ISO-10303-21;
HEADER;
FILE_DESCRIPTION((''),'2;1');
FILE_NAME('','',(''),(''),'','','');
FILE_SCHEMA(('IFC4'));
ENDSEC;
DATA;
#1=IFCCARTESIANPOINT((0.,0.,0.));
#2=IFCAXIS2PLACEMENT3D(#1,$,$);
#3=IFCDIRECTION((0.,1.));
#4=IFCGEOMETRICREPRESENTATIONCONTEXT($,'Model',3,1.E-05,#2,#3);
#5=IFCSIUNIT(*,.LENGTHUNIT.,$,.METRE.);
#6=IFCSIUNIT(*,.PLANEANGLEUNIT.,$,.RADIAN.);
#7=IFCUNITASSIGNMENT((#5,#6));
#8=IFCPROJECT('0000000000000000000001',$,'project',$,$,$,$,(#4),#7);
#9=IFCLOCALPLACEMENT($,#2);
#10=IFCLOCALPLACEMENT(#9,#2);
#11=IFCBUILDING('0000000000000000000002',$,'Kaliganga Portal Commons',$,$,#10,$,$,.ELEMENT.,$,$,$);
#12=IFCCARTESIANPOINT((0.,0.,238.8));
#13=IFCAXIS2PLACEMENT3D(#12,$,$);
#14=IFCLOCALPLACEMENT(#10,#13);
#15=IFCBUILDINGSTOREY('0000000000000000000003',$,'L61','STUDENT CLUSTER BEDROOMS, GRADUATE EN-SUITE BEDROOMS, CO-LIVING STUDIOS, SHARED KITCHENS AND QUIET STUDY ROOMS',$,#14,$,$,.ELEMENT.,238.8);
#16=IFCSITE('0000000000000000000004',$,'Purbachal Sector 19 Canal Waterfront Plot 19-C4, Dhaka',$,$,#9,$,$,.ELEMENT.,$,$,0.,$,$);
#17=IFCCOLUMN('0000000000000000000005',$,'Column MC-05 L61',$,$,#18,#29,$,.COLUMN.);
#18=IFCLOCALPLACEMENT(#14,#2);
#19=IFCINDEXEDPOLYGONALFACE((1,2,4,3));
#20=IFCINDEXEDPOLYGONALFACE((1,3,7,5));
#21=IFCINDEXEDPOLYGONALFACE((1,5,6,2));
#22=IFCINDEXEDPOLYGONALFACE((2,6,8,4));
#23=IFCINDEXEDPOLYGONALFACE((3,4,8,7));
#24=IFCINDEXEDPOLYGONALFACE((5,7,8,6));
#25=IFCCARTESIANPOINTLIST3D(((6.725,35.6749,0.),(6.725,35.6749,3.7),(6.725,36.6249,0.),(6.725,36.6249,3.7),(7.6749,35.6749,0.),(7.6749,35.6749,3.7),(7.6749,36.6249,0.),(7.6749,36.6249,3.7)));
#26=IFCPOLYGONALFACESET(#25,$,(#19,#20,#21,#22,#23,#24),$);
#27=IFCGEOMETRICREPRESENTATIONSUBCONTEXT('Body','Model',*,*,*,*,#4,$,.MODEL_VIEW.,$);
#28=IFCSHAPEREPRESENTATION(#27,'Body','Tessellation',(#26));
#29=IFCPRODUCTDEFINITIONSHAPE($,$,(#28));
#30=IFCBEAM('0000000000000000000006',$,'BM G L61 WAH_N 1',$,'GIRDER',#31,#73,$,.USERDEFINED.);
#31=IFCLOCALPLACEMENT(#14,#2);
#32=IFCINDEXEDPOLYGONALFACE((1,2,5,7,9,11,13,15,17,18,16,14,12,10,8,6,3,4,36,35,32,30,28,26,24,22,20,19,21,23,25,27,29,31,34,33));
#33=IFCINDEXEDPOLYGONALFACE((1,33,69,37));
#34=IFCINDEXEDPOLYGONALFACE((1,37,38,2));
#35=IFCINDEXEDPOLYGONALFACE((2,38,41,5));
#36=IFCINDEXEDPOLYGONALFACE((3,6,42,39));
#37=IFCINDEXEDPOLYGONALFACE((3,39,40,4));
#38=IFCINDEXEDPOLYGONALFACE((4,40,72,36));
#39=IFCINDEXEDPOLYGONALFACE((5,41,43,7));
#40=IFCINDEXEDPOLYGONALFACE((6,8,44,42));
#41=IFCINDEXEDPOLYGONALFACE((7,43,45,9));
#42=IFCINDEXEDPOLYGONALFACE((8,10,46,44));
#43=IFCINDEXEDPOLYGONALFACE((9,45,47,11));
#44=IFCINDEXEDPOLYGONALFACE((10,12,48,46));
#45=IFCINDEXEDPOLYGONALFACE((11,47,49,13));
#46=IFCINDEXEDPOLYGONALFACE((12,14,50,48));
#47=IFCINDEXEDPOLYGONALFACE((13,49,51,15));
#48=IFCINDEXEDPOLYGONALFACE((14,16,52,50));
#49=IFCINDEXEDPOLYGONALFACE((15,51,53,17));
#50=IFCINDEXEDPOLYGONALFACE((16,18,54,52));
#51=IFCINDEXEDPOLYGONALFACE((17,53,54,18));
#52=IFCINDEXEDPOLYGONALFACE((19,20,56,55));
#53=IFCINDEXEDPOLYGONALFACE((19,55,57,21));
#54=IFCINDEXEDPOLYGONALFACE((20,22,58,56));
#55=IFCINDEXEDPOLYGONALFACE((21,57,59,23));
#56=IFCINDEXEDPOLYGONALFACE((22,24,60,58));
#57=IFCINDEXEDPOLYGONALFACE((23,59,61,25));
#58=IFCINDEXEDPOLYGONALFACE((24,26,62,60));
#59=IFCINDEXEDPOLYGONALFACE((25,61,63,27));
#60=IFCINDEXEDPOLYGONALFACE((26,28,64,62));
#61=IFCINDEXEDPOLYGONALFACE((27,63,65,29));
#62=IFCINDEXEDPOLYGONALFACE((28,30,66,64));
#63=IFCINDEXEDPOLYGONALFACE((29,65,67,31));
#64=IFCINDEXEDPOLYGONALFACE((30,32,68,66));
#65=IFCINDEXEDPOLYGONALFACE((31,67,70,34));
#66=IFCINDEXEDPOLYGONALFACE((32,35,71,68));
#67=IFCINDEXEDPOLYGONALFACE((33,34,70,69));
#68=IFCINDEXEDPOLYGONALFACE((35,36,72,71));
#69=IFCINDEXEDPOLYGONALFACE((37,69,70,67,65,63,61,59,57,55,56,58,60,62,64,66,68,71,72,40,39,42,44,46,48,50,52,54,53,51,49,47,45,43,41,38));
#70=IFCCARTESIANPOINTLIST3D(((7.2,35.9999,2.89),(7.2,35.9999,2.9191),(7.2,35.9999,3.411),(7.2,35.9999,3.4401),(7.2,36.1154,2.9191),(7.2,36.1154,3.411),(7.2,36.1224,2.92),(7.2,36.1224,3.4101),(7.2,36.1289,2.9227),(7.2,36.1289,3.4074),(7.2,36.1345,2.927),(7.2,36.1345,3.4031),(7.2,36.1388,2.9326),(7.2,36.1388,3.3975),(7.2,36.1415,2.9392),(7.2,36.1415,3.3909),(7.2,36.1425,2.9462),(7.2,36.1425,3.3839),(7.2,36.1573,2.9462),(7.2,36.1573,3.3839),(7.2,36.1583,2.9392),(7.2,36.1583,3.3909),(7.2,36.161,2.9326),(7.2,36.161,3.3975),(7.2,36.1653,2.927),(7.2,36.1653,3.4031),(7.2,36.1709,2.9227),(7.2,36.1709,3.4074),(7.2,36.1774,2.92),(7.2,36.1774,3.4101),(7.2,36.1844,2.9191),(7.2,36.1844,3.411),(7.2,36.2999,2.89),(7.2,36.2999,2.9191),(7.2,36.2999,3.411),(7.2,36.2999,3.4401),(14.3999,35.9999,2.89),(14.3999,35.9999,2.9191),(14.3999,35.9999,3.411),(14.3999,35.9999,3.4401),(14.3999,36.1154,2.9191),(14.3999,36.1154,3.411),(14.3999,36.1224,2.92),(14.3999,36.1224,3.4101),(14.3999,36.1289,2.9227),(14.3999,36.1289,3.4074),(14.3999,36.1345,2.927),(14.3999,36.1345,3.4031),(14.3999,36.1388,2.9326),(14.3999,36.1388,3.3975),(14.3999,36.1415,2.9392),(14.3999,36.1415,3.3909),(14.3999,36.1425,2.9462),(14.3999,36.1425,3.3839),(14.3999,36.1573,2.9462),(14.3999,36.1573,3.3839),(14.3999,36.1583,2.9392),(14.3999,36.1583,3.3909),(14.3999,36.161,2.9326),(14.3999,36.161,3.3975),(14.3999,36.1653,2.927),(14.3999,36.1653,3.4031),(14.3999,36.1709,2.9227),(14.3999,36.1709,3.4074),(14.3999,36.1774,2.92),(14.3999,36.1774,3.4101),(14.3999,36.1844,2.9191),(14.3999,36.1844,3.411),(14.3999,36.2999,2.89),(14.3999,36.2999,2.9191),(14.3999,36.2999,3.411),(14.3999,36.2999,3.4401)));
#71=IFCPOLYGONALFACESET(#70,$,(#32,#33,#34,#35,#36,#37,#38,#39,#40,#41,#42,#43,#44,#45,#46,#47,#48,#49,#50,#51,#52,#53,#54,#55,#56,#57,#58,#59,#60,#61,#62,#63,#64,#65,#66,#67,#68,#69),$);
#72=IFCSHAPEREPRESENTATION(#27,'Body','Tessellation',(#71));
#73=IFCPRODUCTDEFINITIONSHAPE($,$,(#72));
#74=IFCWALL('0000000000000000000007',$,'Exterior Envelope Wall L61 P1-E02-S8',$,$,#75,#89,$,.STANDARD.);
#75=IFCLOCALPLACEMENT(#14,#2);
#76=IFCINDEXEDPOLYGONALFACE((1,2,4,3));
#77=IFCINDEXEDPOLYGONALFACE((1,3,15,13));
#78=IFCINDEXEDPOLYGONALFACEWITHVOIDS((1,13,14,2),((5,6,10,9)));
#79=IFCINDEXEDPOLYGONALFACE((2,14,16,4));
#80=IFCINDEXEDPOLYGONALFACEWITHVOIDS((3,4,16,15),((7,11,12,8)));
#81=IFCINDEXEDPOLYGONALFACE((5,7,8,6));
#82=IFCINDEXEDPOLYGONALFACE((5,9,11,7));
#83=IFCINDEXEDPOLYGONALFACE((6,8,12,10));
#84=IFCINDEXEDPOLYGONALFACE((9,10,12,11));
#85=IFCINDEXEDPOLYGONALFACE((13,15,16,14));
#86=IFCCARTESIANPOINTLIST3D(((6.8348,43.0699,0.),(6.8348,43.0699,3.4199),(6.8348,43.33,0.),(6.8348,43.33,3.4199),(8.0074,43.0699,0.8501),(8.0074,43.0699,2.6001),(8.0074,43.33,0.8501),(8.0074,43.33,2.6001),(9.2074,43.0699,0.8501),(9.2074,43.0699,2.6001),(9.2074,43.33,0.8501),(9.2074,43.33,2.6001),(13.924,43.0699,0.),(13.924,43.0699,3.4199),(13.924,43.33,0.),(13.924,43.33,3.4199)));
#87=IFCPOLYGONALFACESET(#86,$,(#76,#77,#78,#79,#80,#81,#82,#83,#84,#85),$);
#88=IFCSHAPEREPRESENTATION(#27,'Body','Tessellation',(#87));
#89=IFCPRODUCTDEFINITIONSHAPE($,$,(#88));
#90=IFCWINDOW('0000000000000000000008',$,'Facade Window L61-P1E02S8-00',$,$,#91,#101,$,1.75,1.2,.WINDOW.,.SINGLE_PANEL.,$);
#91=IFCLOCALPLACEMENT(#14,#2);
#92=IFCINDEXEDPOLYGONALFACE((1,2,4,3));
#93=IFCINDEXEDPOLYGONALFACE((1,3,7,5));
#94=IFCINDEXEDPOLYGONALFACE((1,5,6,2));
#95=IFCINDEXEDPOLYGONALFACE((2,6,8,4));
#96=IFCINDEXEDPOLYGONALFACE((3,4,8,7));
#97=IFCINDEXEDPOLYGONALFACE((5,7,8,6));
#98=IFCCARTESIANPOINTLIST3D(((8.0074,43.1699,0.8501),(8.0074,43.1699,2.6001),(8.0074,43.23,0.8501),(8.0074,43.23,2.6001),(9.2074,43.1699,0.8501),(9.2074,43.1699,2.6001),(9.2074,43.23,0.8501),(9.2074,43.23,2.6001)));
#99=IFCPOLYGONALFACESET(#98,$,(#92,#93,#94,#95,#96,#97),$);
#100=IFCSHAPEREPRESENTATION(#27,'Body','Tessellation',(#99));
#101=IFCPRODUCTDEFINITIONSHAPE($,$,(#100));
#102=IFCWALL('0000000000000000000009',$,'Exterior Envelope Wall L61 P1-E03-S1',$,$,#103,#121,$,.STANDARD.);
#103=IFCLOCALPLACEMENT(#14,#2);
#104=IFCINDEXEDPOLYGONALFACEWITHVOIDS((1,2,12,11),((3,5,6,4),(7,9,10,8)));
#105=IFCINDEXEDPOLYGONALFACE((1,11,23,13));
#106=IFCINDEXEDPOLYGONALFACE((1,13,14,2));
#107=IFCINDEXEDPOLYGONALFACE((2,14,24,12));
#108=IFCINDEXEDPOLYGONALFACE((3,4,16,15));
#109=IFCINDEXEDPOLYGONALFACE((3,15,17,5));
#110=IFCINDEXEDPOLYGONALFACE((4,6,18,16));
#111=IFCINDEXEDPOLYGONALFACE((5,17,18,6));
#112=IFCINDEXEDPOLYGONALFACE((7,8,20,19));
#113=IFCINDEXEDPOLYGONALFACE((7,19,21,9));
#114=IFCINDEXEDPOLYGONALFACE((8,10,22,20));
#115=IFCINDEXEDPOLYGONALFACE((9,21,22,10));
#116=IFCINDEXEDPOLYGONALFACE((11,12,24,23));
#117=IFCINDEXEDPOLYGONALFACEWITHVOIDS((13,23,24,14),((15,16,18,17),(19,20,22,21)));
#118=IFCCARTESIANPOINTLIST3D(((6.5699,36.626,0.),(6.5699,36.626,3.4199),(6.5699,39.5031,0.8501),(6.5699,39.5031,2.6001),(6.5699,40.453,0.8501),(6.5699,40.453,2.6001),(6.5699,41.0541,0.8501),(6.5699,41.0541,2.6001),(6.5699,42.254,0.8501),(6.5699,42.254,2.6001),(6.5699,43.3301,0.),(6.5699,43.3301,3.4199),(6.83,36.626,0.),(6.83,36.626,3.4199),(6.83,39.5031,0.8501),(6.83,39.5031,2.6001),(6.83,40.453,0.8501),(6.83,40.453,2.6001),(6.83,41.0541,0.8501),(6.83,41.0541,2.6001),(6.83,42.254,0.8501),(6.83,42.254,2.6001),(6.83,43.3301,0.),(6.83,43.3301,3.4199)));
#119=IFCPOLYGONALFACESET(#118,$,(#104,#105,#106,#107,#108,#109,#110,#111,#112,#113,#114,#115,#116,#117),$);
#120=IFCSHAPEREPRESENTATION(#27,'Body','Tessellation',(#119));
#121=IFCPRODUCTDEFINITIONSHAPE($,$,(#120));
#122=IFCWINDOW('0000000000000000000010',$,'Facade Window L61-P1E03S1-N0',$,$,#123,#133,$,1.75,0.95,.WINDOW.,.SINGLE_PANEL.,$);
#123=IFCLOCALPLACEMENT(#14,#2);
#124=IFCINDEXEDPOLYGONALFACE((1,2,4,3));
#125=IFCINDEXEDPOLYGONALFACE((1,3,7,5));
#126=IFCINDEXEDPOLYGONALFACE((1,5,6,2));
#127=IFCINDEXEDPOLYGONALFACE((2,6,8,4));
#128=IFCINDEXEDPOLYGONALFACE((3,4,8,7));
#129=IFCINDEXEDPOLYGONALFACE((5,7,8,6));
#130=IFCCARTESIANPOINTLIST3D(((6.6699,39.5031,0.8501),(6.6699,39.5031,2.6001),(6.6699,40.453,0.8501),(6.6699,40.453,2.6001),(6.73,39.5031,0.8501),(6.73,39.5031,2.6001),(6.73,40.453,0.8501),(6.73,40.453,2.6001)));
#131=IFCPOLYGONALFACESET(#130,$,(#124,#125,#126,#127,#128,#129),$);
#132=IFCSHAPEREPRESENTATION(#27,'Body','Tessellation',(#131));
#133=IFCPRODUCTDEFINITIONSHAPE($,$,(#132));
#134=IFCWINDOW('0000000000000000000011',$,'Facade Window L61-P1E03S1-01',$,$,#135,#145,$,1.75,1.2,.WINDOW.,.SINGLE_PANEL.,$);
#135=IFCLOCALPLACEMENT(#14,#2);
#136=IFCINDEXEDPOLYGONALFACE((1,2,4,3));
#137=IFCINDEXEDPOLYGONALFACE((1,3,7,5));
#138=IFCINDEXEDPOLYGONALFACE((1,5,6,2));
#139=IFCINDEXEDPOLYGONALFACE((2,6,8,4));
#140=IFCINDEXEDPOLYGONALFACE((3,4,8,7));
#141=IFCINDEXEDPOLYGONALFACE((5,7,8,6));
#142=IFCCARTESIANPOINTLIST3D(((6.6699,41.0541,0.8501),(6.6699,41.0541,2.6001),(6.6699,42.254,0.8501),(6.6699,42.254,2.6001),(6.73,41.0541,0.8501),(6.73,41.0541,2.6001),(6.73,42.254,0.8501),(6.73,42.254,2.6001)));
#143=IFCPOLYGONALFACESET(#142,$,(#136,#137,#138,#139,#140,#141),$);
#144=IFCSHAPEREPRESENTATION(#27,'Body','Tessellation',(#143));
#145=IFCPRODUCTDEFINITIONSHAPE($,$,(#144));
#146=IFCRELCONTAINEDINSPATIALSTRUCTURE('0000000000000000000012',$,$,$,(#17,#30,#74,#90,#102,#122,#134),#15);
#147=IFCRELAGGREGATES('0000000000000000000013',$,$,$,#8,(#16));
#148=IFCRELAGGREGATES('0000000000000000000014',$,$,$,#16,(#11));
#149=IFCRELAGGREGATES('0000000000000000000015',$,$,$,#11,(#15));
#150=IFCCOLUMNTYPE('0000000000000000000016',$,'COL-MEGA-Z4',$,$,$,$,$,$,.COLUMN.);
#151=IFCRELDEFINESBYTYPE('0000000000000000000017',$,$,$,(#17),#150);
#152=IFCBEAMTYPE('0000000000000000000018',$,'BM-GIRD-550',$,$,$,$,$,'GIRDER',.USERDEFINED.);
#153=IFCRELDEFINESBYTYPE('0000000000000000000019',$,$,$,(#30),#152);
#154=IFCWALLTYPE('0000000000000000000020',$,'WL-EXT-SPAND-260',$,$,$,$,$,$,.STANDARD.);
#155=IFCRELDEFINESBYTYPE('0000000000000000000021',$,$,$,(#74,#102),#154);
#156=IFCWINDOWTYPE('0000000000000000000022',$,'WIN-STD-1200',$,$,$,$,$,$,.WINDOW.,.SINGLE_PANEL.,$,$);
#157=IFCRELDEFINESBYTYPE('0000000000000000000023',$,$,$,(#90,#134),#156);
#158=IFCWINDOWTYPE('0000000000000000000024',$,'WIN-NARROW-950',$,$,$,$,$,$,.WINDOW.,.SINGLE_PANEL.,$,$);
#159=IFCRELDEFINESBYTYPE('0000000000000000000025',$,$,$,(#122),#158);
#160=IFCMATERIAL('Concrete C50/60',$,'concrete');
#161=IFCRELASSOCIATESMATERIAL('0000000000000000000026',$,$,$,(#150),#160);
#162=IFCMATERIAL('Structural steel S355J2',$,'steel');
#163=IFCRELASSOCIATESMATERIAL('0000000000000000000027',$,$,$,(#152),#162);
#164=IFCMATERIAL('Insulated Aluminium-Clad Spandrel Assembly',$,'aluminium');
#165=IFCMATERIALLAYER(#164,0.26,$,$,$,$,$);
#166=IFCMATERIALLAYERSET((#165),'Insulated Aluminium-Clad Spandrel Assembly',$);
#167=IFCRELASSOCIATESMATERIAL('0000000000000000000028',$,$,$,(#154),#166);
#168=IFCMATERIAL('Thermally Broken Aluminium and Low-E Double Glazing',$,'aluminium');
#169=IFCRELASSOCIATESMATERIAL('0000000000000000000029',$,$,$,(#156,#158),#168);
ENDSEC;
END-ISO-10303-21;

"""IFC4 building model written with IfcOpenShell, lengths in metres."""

from ifc_helpers import new_model, si_unit, direction, frame, frame_2d, origin, origin_2d, place, context, subcontext, project, spatial, rectangle, i_section, extrude, source, transform, mapped, material, layer, layer_set, material_profile, profile_set, type_object, element, fill, save


model = new_model("IFC4")

# Units and contexts
model_context = context("Model", 3, precision=1e-05, world=origin(), true_north=direction((0.0, 1.0)))
body_context = subcontext(model_context, "Body", "Model", "MODEL_VIEW")
ifc_project = project(units=[si_unit("LENGTHUNIT", "METRE"), si_unit("PLANEANGLEUNIT", "RADIAN")], contexts=[model_context])

# Site, building, storey
site_placement = place(None, origin())
site = spatial("IfcSite", under=ifc_project, at=site_placement, Name="Purbachal Sector 19 Canal Waterfront Plot 19-C4, Dhaka", CompositionType="ELEMENT", RefElevation=0.0)
building_placement = place(site_placement, origin())
building = spatial("IfcBuilding", under=site, at=building_placement, Name="Kaliganga Portal Commons", CompositionType="ELEMENT")
storey_placement = place(building_placement, frame((0.0, 0.0, 238.8)))
storey = spatial("IfcBuildingStorey", under=building, at=storey_placement, Name="L61", Description="STUDENT CLUSTER BEDROOMS, GRADUATE EN-SUITE BEDROOMS, CO-LIVING STUDIOS, SHARED KITCHENS AND QUIET STUDY ROOMS", CompositionType="ELEMENT", Elevation=238.8)

# Column
ifc_material_1 = material(Name="Concrete C50/60", Category="concrete")
ifc_material_profile_1 = material_profile(ifc_material_1, rectangle(XDim=0.95, YDim=0.95, at=origin_2d()), Name="RC 950x950")
ifc_profile_set_1 = profile_set([ifc_material_profile_1], Name="Concrete C50/60")
column_type = type_object("IfcColumnType", Name="COL-MEGA-Z4", PredefinedType="COLUMN", material=ifc_profile_set_1)
shared_shape_1 = source(origin(), body_context, "Body", "SweptSolid", [
    extrude(rectangle(XDim=0.95, YDim=0.95, at=origin_2d()), origin(), (0.0, 0.0, 1.0), 3.7),
])
column_placement = place(storey_placement, frame((7.2, 36.1499, 0.0), z_axis=(0.0, 0.0, 1.0), x_axis=(1.0, 0.0, 0.0)))
element("IfcColumn", 1, at=column_placement, inside=storey, type_object=column_type, Name="Column MC-05 L61", PredefinedType="COLUMN", context=body_context, shape_type="MappedRepresentation", body=[
    mapped(shared_shape_1, transform((0.0, 0.0, 0.0), x_axis=(1.0, 0.0, 0.0), y_axis=(0.0, 1.0, 0.0), z_axis=(0.0, 0.0, 1.0), scale=1.0)),
])

# Beam
ifc_material_2 = material(Name="Structural steel S355J2", Category="steel")
ifc_material_profile_2 = material_profile(ifc_material_2, i_section(OverallWidth=0.3, OverallDepth=0.55, WebThickness=0.0149, FlangeThickness=0.0291, FilletRadius=0.0271, at=origin_2d()), Name="HE 550 B")
ifc_profile_set_2 = profile_set([ifc_material_profile_2], Name="Structural steel S355J2 wide-flange")
beam_type = type_object("IfcBeamType", Name="BM-GIRD-550", ElementType="GIRDER", PredefinedType="USERDEFINED", material=ifc_profile_set_2)
shared_shape_2 = source(origin(), body_context, "Body", "SweptSolid", [
    extrude(i_section(OverallWidth=0.3, OverallDepth=0.55, WebThickness=0.0149, FlangeThickness=0.0291, FilletRadius=0.0271, at=origin_2d()), origin(), (0.0, 0.0, 1.0), 7.2),
])
beam_placement = place(storey_placement, frame((7.2, 36.1499, 3.165), z_axis=(1.0, 0.0, 0.0), x_axis=(0.0, 1.0, 0.0)))
element("IfcBeam", 2, at=beam_placement, inside=storey, type_object=beam_type, Name="BM G L61 WAH_N 1", ObjectType="GIRDER", PredefinedType="USERDEFINED", context=body_context, shape_type="MappedRepresentation", body=[
    mapped(shared_shape_2, transform((0.0, 0.0, 0.0), x_axis=(1.0, 0.0, 0.0), y_axis=(0.0, 1.0, 0.0), z_axis=(0.0, 0.0, 1.0), scale=1.0)),
])

# Wall, opening, window
ifc_material_3 = material(Name="Insulated Aluminium-Clad Spandrel Assembly", Category="aluminium")
ifc_layer_1 = layer(ifc_material_3, 0.26)
ifc_layer_set_1 = layer_set([ifc_layer_1], Name="Insulated Aluminium-Clad Spandrel Assembly")
wall_type_1 = type_object("IfcWallType", Name="WL-EXT-SPAND-260", PredefinedType="STANDARD", material=ifc_layer_set_1)
wall_1_placement = place(storey_placement, frame((6.835, 43.2, 0.0), z_axis=(0.0, 0.0, 1.0), x_axis=(1.0, 0.0, 0.0)))
wall_1 = element("IfcWall", 3, at=wall_1_placement, inside=storey, type_object=wall_type_1, Name="Exterior Envelope Wall L61 P1-E02-S8", PredefinedType="STANDARD", context=body_context, shape_type="SweptSolid", body=[
    extrude(rectangle(XDim=7.0891, YDim=0.26, at=frame_2d((3.5444, 0.0))), origin(), (0.0, 0.0, 1.0), 3.4199),
])
opening_1_placement = place(wall_1_placement, frame((1.1724, 0.0, 0.8501)))
opening_1 = element("IfcOpeningElement", 4, at=opening_1_placement, cuts=wall_1, PredefinedType="OPENING", context=body_context, shape_type="SweptSolid", body=[
    extrude(rectangle(XDim=1.2, YDim=1.75, at=frame_2d((0.6001, 0.875))), frame((0.0, 0.1401, 0.0), z_axis=(0.0, -1.0, 0.0), x_axis=(1.0, 0.0, 0.0)), (0.0, 0.0, 1.0), 0.28),
])
ifc_material_4 = material(Name="Thermally Broken Aluminium and Low-E Double Glazing", Category="aluminium")
window_type_1 = type_object("IfcWindowType", Name="WIN-STD-1200", PartitioningType="SINGLE_PANEL", PredefinedType="WINDOW", material=ifc_material_4)
window_1_placement = place(opening_1_placement, origin())
window_1 = element("IfcWindow", 5, at=window_1_placement, inside=storey, type_object=window_type_1, Name="Facade Window L61-P1E02S8-00", OverallHeight=1.75, OverallWidth=1.2, PartitioningType="SINGLE_PANEL", PredefinedType="WINDOW", context=body_context, shape_type="SweptSolid", body=[
    extrude(rectangle(XDim=1.2, YDim=1.75, at=frame_2d((0.6001, 0.875))), frame((0.0, 0.03, 0.0), z_axis=(0.0, -1.0, 0.0), x_axis=(1.0, 0.0, 0.0)), (0.0, 0.0, 1.0), 0.0601),
])
fill(opening_1, window_1)

# Wall, openings, windows
wall_2_placement = place(storey_placement, frame((6.7, 36.626, 0.0), z_axis=(0.0, 0.0, 1.0), x_axis=(0.0, 1.0, 0.0)))
wall_2 = element("IfcWall", 6, at=wall_2_placement, inside=storey, type_object=wall_type_1, Name="Exterior Envelope Wall L61 P1-E03-S1", PredefinedType="STANDARD", context=body_context, shape_type="SweptSolid", body=[
    extrude(rectangle(XDim=6.7041, YDim=0.26, at=frame_2d((3.3521, 0.0))), origin(), (0.0, 0.0, 1.0), 3.4199),
])
opening_2_placement = place(wall_2_placement, frame((4.428, 0.0, 0.8501)))
opening_2 = element("IfcOpeningElement", 7, at=opening_2_placement, cuts=wall_2, PredefinedType="OPENING", context=body_context, shape_type="SweptSolid", body=[
    extrude(rectangle(XDim=1.2, YDim=1.75, at=frame_2d((0.6001, 0.875))), frame((0.0, 0.1401, 0.0), z_axis=(0.0, -1.0, 0.0), x_axis=(1.0, 0.0, 0.0)), (0.0, 0.0, 1.0), 0.28),
])
opening_3_placement = place(wall_2_placement, frame((2.877, 0.0, 0.8501)))
opening_3 = element("IfcOpeningElement", 8, at=opening_3_placement, cuts=wall_2, PredefinedType="OPENING", context=body_context, shape_type="SweptSolid", body=[
    extrude(rectangle(XDim=0.95, YDim=1.75, at=frame_2d((0.4751, 0.875))), frame((0.0, 0.1401, 0.0), z_axis=(0.0, -1.0, 0.0), x_axis=(1.0, 0.0, 0.0)), (0.0, 0.0, 1.0), 0.28),
])
window_type_2 = type_object("IfcWindowType", Name="WIN-NARROW-950", PartitioningType="SINGLE_PANEL", PredefinedType="WINDOW", material=ifc_material_4)
window_2_placement = place(opening_3_placement, origin())
window_2 = element("IfcWindow", 9, at=window_2_placement, inside=storey, type_object=window_type_2, Name="Facade Window L61-P1E03S1-N0", OverallHeight=1.75, OverallWidth=0.95, PartitioningType="SINGLE_PANEL", PredefinedType="WINDOW", context=body_context, shape_type="SweptSolid", body=[
    extrude(rectangle(XDim=0.95, YDim=1.75, at=frame_2d((0.4751, 0.875))), frame((0.0, 0.03, 0.0), z_axis=(0.0, -1.0, 0.0), x_axis=(1.0, 0.0, 0.0)), (0.0, 0.0, 1.0), 0.0601),
])
fill(opening_3, window_2)
window_3_placement = place(opening_2_placement, origin())
window_3 = element("IfcWindow", 10, at=window_3_placement, inside=storey, type_object=window_type_1, Name="Facade Window L61-P1E03S1-01", OverallHeight=1.75, OverallWidth=1.2, PartitioningType="SINGLE_PANEL", PredefinedType="WINDOW", context=body_context, shape_type="SweptSolid", body=[
    extrude(rectangle(XDim=1.2, YDim=1.75, at=frame_2d((0.6001, 0.875))), frame((0.0, 0.03, 0.0), z_axis=(0.0, -1.0, 0.0), x_axis=(1.0, 0.0, 0.0)), (0.0, 0.0, 1.0), 0.0601),
])
fill(opening_2, window_3)

save(model, "model.ifc")
